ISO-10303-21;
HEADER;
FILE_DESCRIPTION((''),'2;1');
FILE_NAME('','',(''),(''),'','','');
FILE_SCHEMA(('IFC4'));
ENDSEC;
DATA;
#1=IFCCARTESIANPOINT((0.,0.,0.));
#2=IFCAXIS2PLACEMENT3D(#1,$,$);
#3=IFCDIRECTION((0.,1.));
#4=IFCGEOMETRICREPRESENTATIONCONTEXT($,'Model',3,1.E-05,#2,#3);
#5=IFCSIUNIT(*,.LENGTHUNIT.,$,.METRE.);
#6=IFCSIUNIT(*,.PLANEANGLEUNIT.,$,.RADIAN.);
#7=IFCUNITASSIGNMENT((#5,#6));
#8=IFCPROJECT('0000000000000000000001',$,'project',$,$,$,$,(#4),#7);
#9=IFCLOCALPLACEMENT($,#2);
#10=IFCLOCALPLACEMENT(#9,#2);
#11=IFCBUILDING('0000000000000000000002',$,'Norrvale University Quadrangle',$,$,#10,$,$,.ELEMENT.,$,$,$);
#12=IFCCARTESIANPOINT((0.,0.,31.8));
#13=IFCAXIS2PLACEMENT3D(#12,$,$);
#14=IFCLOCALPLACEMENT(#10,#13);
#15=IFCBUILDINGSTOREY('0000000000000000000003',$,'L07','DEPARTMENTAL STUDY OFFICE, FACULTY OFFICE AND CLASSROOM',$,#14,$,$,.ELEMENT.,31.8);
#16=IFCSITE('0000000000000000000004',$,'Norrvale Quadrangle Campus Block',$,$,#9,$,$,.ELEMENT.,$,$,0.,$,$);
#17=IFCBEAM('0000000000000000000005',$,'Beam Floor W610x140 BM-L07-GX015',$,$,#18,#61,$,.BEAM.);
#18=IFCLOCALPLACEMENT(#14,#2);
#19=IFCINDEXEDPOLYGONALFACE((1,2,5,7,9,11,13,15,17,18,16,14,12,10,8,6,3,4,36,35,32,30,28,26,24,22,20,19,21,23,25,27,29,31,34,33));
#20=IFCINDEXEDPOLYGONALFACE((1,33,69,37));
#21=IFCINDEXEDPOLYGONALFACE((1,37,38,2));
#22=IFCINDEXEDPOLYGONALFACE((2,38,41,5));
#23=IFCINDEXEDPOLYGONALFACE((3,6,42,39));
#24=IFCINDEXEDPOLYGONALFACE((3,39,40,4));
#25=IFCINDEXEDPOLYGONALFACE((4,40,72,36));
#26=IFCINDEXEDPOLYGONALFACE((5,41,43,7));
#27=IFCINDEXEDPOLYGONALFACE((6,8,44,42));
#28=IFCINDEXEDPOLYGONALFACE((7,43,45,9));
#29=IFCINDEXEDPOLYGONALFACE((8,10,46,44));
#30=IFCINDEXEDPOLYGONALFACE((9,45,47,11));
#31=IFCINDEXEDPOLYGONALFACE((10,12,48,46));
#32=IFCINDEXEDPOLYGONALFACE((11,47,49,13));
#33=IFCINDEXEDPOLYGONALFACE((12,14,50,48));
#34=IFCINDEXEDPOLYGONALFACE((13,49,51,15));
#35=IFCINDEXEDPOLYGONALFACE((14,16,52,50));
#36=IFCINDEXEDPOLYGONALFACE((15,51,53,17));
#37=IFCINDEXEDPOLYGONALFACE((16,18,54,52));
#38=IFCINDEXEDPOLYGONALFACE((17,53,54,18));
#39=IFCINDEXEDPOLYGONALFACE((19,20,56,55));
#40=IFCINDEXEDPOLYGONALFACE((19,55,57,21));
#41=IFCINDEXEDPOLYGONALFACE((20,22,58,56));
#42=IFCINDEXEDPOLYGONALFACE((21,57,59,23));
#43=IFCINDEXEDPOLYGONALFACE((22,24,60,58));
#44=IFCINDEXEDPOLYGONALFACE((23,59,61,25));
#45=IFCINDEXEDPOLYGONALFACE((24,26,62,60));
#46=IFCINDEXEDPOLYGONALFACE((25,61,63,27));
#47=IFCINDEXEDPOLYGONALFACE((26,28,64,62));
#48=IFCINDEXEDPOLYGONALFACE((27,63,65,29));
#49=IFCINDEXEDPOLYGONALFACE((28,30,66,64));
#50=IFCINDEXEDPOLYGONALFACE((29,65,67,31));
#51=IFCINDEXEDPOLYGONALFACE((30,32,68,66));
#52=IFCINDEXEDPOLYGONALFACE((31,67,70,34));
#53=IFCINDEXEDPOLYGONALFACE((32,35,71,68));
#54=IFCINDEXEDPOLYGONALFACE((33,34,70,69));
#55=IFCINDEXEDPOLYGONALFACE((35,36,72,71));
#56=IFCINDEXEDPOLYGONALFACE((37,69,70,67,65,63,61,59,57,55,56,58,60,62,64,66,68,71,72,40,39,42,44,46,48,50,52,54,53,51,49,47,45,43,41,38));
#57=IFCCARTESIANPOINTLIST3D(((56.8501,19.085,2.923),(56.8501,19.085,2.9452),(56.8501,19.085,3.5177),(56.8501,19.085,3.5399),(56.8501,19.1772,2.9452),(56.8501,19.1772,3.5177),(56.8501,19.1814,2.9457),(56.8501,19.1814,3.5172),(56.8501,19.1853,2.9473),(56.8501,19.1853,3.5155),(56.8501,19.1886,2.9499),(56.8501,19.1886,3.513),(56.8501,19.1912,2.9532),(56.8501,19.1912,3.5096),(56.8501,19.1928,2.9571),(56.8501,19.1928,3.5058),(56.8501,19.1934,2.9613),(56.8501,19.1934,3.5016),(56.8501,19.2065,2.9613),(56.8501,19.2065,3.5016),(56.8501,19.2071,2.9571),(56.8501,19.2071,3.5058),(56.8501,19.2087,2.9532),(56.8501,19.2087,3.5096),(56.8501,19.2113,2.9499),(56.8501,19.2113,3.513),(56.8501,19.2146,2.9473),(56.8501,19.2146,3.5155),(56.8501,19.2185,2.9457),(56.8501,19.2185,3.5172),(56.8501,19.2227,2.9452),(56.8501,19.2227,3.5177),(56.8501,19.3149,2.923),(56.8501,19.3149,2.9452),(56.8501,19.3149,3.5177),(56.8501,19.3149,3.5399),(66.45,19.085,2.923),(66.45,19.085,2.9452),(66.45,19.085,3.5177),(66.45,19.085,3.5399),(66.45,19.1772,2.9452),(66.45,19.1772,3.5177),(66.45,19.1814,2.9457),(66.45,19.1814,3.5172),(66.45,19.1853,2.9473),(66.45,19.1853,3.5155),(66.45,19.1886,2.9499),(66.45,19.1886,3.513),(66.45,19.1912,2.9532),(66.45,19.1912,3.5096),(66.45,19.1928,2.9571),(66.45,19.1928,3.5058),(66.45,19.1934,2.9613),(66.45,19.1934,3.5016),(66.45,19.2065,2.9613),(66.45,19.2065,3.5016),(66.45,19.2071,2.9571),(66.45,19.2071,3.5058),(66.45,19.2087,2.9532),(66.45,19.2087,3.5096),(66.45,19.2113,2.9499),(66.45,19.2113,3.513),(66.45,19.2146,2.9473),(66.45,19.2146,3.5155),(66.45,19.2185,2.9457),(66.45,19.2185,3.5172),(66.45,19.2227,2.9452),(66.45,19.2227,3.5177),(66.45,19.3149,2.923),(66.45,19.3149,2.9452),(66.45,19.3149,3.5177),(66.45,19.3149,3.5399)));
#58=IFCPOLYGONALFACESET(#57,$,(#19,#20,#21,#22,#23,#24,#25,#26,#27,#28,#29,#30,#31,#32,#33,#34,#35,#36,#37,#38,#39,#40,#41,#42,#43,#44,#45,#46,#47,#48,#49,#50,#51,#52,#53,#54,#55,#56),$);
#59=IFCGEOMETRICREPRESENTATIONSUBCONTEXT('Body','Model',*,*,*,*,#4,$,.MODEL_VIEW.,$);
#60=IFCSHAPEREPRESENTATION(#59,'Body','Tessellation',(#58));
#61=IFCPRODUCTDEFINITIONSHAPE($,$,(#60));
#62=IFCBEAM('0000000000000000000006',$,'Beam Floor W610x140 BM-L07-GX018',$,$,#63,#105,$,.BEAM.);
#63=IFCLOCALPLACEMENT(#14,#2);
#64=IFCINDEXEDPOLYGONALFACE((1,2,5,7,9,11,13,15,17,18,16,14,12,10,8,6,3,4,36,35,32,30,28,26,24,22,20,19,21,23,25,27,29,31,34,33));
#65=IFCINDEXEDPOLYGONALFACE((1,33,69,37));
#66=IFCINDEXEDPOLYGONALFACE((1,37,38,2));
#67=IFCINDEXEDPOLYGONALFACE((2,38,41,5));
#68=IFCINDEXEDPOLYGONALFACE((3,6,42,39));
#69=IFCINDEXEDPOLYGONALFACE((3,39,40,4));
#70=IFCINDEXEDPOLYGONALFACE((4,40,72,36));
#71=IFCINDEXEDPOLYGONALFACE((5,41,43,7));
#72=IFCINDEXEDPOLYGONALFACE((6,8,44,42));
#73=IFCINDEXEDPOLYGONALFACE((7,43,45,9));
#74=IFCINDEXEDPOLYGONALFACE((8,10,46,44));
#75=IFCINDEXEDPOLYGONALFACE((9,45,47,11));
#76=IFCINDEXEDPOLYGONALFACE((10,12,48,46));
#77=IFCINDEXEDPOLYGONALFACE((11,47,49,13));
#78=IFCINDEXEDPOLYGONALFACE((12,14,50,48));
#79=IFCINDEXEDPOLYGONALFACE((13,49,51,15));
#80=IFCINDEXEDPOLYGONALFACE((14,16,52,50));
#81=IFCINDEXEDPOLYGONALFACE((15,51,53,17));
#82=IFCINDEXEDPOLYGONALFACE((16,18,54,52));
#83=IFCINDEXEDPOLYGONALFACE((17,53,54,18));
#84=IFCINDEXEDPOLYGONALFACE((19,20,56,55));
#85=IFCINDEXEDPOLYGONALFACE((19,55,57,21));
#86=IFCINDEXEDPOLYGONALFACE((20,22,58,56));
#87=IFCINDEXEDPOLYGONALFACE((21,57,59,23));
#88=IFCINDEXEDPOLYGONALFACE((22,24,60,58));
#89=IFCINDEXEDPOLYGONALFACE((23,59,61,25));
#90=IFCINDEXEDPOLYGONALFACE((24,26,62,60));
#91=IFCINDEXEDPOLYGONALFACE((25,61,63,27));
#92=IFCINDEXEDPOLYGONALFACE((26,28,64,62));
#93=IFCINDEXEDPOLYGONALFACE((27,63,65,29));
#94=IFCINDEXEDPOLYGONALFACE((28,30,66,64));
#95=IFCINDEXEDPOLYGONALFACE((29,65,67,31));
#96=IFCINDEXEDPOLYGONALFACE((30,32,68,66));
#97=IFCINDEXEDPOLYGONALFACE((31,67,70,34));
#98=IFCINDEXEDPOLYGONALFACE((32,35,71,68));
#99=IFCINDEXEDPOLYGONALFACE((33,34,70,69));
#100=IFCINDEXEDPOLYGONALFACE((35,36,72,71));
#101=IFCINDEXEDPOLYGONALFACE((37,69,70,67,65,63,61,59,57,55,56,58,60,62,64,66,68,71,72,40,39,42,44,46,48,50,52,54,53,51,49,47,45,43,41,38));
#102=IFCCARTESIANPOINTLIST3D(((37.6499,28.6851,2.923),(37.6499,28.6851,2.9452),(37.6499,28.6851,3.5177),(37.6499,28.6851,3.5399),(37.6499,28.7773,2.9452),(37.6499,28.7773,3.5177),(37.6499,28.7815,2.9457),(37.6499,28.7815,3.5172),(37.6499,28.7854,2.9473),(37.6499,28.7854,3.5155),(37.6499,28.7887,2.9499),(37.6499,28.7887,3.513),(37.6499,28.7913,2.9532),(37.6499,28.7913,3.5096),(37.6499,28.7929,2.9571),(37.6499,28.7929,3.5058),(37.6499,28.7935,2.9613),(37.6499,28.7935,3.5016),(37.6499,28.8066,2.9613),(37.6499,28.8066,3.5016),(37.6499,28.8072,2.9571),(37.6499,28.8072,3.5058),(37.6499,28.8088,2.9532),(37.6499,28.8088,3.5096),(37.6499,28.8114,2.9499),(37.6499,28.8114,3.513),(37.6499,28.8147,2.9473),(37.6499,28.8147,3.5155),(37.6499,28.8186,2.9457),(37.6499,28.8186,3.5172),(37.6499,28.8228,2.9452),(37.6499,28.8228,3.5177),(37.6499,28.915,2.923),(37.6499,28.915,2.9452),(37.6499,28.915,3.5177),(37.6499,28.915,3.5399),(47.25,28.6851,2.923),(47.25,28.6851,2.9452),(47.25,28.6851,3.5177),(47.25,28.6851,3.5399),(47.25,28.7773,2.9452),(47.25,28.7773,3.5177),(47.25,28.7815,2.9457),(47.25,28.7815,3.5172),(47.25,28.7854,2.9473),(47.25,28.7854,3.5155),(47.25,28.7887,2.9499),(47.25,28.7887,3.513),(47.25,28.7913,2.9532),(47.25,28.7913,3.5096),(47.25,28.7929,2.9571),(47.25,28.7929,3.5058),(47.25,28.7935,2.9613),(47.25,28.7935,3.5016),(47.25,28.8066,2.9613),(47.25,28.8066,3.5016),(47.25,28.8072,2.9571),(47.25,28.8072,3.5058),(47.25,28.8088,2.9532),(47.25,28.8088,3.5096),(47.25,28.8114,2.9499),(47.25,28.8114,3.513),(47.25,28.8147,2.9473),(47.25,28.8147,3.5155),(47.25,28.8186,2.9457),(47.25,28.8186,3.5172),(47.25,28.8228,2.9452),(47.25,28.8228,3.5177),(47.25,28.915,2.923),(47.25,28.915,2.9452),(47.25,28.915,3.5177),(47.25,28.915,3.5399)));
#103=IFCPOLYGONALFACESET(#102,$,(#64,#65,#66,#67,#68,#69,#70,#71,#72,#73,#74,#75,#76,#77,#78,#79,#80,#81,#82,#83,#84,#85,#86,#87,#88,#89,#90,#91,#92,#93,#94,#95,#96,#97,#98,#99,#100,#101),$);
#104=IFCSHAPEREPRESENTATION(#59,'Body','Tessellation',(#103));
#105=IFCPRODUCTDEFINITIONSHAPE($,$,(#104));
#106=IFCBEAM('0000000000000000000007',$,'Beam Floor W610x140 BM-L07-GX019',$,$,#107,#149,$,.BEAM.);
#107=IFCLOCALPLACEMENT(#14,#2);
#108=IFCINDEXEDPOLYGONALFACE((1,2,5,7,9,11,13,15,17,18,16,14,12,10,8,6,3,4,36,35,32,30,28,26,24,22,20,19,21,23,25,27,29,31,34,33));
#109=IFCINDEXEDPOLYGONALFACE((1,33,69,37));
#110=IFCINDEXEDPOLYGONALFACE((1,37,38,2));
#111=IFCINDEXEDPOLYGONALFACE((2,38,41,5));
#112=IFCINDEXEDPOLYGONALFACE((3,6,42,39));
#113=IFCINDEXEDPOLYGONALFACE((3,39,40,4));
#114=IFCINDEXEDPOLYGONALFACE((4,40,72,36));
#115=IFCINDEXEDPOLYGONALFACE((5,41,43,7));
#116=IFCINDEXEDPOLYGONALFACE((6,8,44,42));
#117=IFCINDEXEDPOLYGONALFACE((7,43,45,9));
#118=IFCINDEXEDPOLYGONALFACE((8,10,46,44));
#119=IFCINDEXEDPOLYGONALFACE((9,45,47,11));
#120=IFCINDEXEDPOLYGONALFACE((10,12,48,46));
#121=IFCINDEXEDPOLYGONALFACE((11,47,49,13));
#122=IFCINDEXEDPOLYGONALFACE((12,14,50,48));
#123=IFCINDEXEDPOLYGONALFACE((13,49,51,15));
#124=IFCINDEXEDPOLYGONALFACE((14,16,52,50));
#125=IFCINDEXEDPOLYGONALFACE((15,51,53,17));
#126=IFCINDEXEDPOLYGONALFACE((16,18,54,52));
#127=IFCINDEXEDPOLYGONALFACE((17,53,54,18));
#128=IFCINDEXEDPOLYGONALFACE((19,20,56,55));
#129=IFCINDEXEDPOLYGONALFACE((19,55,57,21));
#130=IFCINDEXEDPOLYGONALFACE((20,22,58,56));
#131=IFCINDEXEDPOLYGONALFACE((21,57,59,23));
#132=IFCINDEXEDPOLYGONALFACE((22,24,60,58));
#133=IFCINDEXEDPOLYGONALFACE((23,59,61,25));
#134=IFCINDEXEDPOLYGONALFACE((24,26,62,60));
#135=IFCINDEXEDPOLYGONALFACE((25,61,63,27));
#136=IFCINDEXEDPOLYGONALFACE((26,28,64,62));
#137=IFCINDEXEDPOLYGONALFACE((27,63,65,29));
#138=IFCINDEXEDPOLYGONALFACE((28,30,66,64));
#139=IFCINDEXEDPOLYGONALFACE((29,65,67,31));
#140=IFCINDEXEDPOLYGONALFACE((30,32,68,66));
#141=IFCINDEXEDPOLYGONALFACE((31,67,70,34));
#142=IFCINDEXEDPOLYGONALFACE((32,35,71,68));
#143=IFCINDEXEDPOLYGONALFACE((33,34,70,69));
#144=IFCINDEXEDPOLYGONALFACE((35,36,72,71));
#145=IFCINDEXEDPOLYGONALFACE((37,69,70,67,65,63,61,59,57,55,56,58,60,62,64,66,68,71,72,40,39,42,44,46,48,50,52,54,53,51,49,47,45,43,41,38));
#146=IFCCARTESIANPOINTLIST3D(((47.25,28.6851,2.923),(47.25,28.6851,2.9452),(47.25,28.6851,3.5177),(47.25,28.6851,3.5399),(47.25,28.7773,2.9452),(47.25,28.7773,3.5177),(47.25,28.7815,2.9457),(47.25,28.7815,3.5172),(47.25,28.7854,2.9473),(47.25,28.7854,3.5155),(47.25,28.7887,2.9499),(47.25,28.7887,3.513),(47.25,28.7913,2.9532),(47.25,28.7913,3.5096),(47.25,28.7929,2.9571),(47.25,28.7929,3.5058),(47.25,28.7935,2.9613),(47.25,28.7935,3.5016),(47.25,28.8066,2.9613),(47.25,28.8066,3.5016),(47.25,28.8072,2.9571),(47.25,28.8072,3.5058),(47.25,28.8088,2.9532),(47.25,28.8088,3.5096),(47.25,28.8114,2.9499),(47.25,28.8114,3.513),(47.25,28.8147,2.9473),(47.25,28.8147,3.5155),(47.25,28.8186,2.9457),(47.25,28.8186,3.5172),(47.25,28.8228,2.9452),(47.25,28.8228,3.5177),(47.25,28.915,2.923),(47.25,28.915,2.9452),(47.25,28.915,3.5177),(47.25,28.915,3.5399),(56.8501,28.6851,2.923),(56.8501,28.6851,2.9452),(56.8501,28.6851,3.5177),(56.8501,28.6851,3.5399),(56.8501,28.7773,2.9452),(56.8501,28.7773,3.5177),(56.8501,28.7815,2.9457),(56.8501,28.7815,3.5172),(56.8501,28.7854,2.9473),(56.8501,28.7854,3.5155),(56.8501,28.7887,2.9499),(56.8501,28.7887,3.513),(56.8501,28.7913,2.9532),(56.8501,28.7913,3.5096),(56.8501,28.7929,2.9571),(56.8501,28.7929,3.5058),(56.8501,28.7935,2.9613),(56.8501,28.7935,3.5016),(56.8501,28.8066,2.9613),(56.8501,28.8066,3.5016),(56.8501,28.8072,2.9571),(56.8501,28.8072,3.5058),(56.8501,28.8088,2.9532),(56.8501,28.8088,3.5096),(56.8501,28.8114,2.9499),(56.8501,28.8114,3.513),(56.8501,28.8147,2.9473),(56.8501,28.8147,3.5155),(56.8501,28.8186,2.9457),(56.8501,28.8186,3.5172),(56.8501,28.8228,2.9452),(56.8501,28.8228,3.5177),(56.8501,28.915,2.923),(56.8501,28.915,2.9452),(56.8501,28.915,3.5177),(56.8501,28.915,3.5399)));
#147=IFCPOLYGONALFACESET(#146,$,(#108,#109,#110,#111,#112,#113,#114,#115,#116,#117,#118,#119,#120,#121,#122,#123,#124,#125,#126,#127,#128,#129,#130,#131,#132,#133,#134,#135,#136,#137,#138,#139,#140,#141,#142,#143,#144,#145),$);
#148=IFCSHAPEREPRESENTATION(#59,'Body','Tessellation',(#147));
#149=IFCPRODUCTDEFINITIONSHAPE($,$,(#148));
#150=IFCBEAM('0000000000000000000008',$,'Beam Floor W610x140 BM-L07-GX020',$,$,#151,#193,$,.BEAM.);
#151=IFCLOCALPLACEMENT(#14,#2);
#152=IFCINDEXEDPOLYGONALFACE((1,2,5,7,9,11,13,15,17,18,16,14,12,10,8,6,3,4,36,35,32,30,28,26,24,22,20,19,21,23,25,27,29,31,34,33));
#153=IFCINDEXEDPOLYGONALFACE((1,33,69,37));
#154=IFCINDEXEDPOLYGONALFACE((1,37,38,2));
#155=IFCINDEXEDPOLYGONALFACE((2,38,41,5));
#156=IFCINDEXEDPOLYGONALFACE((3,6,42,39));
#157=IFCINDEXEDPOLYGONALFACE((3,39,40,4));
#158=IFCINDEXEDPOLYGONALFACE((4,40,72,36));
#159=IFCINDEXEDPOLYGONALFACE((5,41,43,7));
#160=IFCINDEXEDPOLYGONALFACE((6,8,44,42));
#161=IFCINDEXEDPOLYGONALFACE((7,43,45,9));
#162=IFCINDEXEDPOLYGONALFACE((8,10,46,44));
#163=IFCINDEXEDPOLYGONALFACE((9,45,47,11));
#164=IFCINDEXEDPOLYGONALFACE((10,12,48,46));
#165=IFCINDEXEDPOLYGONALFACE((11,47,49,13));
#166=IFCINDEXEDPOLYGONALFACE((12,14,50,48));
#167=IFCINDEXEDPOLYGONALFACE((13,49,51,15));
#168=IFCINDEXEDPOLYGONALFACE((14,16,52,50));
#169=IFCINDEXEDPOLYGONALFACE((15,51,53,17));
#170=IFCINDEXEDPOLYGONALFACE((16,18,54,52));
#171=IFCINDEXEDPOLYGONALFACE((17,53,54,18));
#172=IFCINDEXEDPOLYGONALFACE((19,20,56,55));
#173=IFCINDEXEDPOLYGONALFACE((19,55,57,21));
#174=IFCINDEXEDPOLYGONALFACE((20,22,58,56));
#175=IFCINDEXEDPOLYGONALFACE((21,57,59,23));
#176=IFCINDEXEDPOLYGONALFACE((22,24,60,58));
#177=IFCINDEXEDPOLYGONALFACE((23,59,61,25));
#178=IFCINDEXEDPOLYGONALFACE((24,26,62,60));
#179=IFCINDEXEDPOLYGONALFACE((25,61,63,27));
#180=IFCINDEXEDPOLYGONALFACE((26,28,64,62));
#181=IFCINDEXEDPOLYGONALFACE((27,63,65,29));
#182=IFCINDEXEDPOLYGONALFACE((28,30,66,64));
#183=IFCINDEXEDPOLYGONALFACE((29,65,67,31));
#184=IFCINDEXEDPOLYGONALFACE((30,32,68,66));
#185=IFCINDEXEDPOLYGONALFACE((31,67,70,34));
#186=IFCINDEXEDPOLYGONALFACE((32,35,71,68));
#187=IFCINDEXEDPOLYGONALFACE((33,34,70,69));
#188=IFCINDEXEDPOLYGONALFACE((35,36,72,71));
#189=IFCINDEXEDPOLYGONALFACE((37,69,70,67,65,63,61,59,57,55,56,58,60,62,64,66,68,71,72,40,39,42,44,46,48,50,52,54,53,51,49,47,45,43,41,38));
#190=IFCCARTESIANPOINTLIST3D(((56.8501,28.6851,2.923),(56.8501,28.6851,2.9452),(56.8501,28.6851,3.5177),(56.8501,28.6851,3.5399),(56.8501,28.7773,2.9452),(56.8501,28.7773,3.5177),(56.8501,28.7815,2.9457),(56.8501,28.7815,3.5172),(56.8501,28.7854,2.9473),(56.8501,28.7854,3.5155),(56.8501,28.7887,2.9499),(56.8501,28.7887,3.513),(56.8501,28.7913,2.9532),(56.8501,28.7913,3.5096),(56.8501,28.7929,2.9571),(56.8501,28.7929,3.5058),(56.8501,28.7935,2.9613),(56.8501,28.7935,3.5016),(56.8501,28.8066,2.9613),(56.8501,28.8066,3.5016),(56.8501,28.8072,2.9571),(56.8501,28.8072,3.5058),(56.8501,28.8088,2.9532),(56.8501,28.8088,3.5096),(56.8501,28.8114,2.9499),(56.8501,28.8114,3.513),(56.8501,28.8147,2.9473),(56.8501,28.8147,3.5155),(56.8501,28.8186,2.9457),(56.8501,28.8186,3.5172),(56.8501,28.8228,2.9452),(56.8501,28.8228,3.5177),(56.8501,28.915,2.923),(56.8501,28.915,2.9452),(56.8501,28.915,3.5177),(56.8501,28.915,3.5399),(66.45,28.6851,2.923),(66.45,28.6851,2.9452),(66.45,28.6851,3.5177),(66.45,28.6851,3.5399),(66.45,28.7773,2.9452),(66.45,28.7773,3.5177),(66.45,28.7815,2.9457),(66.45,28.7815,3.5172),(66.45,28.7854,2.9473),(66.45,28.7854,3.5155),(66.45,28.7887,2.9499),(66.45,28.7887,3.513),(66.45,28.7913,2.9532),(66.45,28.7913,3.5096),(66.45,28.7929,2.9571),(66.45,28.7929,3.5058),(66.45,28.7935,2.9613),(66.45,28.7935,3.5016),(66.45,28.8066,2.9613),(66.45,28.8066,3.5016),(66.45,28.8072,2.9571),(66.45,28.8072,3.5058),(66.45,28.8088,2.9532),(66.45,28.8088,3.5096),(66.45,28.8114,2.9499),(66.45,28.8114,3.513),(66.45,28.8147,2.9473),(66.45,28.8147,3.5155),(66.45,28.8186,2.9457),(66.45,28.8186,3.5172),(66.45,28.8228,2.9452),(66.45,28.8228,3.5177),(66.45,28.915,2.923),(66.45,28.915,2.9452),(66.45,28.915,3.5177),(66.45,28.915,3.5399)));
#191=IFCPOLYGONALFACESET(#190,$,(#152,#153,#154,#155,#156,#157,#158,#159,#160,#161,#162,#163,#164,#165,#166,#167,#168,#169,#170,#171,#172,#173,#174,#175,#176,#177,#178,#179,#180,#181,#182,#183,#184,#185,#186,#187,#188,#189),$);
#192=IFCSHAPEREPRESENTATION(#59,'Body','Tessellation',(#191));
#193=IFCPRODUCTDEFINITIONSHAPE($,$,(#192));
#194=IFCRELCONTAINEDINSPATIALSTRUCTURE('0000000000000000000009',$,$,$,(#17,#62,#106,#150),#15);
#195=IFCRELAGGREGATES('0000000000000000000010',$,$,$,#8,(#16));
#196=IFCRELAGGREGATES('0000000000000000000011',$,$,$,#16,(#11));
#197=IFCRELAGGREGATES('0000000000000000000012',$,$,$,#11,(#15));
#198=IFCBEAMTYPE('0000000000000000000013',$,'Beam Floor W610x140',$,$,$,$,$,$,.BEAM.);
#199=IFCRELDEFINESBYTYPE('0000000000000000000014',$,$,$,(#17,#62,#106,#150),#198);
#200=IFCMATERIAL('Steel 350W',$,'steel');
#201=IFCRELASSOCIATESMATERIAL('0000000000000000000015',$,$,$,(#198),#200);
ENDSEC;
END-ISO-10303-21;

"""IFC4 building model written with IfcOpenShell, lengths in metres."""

from ifc_helpers import new_model, si_unit, direction, frame, origin, origin_2d, place, context, subcontext, project, spatial, i_section, extrude, material, material_profile, profile_set, type_object, element, save


model = new_model("IFC4")

# Units and contexts
model_context = context("Model", 3, precision=1e-05, world=origin(), true_north=direction((0.0, 1.0)))
body_context = subcontext(model_context, "Body", "Model", "MODEL_VIEW")
ifc_project = project(units=[si_unit("LENGTHUNIT", "METRE"), si_unit("PLANEANGLEUNIT", "RADIAN")], contexts=[model_context])

# Site, building, storey
site_placement = place(None, origin())
site = spatial("IfcSite", under=ifc_project, at=site_placement, Name="Norrvale Quadrangle Campus Block", CompositionType="ELEMENT", RefElevation=0.0)
building_placement = place(site_placement, origin())
building = spatial("IfcBuilding", under=site, at=building_placement, Name="Norrvale University Quadrangle", CompositionType="ELEMENT")
storey_placement = place(building_placement, frame((0.0, 0.0, 31.8)))
storey = spatial("IfcBuildingStorey", under=building, at=storey_placement, Name="L07", Description="DEPARTMENTAL STUDY OFFICE, FACULTY OFFICE AND CLASSROOM", CompositionType="ELEMENT", Elevation=31.8)

# Beams
ifc_material_1 = material(Name="Steel 350W", Category="steel")
ifc_material_profile_1 = material_profile(ifc_material_1, i_section(OverallWidth=0.23, OverallDepth=0.6169, WebThickness=0.0132, FlangeThickness=0.0222, FilletRadius=0.0161, at=origin_2d()), Name="Steel 350W")
ifc_profile_set_1 = profile_set([ifc_material_profile_1], Name="Steel 350W")
beam_type_1 = type_object("IfcBeamType", Name="Beam Floor W610x140", PredefinedType="BEAM", material=ifc_profile_set_1)
beam_1_placement = place(storey_placement, frame((56.8501, 19.2, 3.2314), z_axis=(1.0, 0.0, 0.0), x_axis=(0.0, 1.0, 0.0)))
element("IfcBeam", 1, at=beam_1_placement, inside=storey, type_object=beam_type_1, Name="Beam Floor W610x140 BM-L07-GX015", PredefinedType="BEAM", context=body_context, shape_type="SweptSolid", body=[
    extrude(i_section(OverallWidth=0.23, OverallDepth=0.6169, WebThickness=0.0132, FlangeThickness=0.0222, FilletRadius=0.0161, at=origin_2d()), origin(), (0.0, 0.0, 1.0), 9.5999),
])
for number, where, z_axis, x_axis, name in (
    (2, (37.6499, 28.8, 3.2314), (1.0, 0.0, 0.0), (0.0, 1.0, 0.0), "Beam Floor W610x140 BM-L07-GX018"),
    (3, (47.25, 28.8, 3.2314), (1.0, 0.0, 0.0), (0.0, 1.0, 0.0), "Beam Floor W610x140 BM-L07-GX019"),
):
    element("IfcBeam", number, at=place(storey_placement, frame(where, z_axis=z_axis, x_axis=x_axis)), inside=storey, type_object=beam_type_1, Name=name, PredefinedType="BEAM", context=body_context, shape_type="SweptSolid", body=[
        extrude(i_section(OverallWidth=0.23, OverallDepth=0.6169, WebThickness=0.0132, FlangeThickness=0.0222, FilletRadius=0.0161, at=origin_2d()), origin(), (0.0, 0.0, 1.0), 9.6001),
    ])
beam_2_placement = place(storey_placement, frame((56.8501, 28.8, 3.2314), z_axis=(1.0, 0.0, 0.0), x_axis=(0.0, 1.0, 0.0)))
element("IfcBeam", 4, at=beam_2_placement, inside=storey, type_object=beam_type_1, Name="Beam Floor W610x140 BM-L07-GX020", PredefinedType="BEAM", context=body_context, shape_type="SweptSolid", body=[
    extrude(i_section(OverallWidth=0.23, OverallDepth=0.6169, WebThickness=0.0132, FlangeThickness=0.0222, FilletRadius=0.0161, at=origin_2d()), origin(), (0.0, 0.0, 1.0), 9.5999),
])

save(model, "model.ifc")
